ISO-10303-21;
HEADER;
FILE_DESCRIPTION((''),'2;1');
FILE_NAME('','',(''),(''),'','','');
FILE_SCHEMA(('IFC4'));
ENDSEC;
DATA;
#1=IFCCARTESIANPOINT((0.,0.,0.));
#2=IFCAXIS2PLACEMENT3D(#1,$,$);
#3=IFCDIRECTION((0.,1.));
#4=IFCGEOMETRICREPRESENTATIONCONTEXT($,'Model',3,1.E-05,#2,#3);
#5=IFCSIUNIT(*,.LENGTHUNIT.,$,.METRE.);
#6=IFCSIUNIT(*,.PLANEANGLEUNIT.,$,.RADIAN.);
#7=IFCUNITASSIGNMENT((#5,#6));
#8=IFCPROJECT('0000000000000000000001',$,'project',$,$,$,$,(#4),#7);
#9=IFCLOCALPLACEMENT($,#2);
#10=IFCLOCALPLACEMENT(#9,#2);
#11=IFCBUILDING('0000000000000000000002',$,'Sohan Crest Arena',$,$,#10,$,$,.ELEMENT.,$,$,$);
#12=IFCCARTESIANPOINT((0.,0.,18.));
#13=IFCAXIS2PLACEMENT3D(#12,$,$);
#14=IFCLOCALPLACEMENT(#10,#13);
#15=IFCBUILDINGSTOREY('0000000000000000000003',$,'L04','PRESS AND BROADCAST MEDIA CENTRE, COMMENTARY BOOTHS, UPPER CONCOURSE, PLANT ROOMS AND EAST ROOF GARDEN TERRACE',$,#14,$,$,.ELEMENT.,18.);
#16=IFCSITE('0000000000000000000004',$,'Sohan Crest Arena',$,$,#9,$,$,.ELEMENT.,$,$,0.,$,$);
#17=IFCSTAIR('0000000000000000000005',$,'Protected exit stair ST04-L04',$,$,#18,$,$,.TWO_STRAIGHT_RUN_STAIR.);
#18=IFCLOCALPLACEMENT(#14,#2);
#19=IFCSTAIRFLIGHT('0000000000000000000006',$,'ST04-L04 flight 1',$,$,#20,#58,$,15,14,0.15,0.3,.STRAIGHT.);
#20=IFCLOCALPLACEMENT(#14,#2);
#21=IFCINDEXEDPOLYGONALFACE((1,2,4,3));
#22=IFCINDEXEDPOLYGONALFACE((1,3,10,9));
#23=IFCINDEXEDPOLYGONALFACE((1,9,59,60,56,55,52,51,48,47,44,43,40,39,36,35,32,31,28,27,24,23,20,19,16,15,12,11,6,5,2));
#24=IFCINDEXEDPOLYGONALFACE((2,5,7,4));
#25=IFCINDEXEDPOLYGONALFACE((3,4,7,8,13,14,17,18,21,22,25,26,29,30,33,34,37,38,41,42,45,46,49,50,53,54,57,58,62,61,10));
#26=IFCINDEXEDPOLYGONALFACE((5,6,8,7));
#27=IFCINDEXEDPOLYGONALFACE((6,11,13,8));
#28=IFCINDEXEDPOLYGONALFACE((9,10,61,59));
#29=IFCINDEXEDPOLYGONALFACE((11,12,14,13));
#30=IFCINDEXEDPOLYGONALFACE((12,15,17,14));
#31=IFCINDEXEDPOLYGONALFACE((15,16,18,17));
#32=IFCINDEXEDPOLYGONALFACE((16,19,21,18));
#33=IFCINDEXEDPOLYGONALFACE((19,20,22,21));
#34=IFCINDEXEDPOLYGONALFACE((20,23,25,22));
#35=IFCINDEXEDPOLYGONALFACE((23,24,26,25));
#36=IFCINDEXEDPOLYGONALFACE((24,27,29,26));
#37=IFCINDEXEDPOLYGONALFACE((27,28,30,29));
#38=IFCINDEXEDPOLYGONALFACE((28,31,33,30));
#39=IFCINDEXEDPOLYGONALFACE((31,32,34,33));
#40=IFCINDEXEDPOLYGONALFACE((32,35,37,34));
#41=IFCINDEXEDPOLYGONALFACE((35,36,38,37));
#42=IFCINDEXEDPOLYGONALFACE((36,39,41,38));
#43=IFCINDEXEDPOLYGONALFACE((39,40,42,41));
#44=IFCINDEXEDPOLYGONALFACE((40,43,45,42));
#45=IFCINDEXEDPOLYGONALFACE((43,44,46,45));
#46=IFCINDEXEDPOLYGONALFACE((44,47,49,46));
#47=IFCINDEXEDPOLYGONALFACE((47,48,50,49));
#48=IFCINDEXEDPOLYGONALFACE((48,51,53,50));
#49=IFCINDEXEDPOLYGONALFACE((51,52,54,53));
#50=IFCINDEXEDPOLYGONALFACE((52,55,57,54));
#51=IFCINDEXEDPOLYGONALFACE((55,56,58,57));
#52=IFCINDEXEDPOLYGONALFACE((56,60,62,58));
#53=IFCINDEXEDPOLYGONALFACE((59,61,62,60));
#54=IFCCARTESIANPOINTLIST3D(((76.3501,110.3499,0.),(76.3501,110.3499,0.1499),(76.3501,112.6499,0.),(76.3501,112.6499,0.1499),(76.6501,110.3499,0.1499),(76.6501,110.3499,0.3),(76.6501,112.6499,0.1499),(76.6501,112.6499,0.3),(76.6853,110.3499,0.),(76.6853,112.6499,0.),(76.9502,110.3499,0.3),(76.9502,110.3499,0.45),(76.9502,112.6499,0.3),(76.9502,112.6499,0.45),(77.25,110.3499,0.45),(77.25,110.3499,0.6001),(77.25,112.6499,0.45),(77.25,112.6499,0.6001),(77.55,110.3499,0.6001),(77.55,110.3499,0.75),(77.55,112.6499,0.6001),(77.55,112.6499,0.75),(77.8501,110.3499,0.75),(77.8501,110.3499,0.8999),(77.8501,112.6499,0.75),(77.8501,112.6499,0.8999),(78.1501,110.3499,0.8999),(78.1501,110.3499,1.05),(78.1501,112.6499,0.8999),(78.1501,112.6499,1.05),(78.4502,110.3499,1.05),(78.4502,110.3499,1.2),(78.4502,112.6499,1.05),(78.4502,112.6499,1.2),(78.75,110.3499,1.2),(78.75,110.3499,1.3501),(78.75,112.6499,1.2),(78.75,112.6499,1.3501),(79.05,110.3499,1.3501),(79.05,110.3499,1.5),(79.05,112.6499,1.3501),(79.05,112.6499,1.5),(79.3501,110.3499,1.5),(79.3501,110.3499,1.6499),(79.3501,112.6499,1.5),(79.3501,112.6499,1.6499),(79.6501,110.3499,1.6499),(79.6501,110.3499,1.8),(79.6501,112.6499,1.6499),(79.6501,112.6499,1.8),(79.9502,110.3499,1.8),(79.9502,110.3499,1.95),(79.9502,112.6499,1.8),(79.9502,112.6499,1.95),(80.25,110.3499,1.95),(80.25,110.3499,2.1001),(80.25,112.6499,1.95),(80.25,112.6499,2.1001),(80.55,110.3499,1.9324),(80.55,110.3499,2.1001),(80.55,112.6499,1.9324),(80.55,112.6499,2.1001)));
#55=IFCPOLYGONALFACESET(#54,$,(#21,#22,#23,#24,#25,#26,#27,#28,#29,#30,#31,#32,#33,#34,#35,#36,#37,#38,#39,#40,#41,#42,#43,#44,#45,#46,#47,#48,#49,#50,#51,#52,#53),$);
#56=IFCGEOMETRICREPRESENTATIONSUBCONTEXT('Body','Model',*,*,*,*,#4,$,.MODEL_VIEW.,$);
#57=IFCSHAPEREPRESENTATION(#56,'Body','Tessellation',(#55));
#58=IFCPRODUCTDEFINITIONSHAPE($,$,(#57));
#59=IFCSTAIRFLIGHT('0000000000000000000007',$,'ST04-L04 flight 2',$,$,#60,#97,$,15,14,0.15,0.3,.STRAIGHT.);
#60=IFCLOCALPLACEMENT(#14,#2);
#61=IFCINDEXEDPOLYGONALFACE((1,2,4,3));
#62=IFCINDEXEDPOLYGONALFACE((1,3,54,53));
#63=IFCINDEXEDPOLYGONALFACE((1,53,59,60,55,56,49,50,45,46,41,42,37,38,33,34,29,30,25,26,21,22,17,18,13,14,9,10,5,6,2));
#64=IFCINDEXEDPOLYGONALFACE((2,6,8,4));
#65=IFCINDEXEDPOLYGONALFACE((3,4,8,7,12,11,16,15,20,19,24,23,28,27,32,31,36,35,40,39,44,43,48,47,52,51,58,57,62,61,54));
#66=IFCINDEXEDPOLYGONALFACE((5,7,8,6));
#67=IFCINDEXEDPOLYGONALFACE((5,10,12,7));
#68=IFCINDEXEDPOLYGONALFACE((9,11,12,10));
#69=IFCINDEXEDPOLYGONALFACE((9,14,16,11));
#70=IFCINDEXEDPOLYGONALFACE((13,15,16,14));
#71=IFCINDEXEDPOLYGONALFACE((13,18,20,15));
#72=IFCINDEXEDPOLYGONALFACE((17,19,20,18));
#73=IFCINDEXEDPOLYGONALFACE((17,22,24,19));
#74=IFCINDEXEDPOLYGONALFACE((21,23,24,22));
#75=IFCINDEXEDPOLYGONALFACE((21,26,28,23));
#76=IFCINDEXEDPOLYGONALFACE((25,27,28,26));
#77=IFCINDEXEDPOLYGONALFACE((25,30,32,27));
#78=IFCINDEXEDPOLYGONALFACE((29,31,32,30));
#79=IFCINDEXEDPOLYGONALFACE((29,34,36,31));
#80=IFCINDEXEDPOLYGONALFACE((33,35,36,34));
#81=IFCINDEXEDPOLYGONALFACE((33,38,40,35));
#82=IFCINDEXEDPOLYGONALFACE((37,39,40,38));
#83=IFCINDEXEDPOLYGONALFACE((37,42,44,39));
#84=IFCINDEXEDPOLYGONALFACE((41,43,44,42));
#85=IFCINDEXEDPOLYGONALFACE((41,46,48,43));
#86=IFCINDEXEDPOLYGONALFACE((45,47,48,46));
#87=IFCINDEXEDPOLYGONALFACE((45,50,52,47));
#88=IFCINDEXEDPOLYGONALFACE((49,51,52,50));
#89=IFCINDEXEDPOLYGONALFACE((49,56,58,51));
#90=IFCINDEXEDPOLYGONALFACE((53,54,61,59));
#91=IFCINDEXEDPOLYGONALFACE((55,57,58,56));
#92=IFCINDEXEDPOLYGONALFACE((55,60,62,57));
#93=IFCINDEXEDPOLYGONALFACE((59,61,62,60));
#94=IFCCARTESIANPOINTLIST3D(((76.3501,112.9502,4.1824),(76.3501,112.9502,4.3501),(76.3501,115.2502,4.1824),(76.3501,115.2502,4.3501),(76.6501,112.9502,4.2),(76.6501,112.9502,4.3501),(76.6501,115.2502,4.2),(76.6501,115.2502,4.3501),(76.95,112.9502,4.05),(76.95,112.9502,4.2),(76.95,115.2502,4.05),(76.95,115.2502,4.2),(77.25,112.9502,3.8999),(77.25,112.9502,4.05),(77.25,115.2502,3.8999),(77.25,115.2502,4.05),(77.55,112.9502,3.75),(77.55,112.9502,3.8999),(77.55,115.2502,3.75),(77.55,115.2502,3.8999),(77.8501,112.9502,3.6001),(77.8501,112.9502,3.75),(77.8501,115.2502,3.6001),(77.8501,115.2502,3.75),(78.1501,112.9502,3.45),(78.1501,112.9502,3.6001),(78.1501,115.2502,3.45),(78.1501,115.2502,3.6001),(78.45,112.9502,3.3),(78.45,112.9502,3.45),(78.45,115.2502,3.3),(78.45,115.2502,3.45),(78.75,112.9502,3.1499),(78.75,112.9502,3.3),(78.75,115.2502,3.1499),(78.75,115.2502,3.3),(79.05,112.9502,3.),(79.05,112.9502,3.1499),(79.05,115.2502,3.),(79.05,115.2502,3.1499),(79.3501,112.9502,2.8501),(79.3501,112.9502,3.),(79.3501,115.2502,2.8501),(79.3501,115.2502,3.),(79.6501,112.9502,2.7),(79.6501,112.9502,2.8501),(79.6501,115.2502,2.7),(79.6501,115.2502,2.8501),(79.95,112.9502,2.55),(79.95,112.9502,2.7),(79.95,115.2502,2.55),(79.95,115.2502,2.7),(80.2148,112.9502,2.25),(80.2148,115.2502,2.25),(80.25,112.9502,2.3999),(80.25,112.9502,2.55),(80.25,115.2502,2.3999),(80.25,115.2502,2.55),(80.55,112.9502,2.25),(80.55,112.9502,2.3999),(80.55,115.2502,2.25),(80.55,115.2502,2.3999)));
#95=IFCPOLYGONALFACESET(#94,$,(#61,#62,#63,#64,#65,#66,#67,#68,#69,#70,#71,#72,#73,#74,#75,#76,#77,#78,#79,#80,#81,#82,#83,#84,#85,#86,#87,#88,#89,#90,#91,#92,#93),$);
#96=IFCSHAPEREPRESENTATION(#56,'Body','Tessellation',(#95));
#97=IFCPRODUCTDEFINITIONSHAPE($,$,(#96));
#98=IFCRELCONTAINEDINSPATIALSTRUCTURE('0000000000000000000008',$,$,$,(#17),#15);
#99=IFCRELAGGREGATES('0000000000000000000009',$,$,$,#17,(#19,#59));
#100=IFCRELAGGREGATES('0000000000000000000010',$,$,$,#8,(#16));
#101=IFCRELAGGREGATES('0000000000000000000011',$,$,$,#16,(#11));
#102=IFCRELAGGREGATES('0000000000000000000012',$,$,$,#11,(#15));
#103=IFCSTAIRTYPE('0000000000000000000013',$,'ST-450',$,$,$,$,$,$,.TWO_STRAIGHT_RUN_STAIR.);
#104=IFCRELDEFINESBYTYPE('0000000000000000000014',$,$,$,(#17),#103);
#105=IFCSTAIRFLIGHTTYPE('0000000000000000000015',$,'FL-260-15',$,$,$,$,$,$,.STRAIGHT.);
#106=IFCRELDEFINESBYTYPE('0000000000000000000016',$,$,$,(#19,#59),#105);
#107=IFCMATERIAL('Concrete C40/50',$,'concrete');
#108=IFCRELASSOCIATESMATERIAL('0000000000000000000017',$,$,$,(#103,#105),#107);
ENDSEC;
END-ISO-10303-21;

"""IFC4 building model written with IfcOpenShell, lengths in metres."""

from ifc_helpers import new_model, si_unit, direction, frame, origin, place, context, subcontext, project, spatial, polyline, outline, extrude, material, type_object, element, aggregate, save


model = new_model("IFC4")

# Units and contexts
model_context = context("Model", 3, precision=1e-05, world=origin(), true_north=direction((0.0, 1.0)))
body_context = subcontext(model_context, "Body", "Model", "MODEL_VIEW")
ifc_project = project(units=[si_unit("LENGTHUNIT", "METRE"), si_unit("PLANEANGLEUNIT", "RADIAN")], contexts=[model_context])

# Site, building, storey
site_placement = place(None, origin())
site = spatial("IfcSite", under=ifc_project, at=site_placement, Name="Sohan Crest Arena", CompositionType="ELEMENT", RefElevation=0.0)
building_placement = place(site_placement, origin())
building = spatial("IfcBuilding", under=site, at=building_placement, Name="Sohan Crest Arena", CompositionType="ELEMENT")
storey_placement = place(building_placement, frame((0.0, 0.0, 18.0)))
storey = spatial("IfcBuildingStorey", under=building, at=storey_placement, Name="L04", Description="PRESS AND BROADCAST MEDIA CENTRE, COMMENTARY BOOTHS, UPPER CONCOURSE, PLANT ROOMS AND EAST ROOF GARDEN TERRACE", CompositionType="ELEMENT", Elevation=18.0)

# Shared definitions
ifc_material_1 = material(Name="Concrete C40/50", Category="concrete")

# Stair, stair flights
stair_type = type_object("IfcStairType", Name="ST-450", PredefinedType="TWO_STRAIGHT_RUN_STAIR", material=ifc_material_1)
stair_placement = place(storey_placement, origin())
stair = element("IfcStair", 1, at=stair_placement, inside=storey, type_object=stair_type, Name="Protected exit stair ST04-L04", PredefinedType="TWO_STRAIGHT_RUN_STAIR")
stair_flight_type = type_object("IfcStairFlightType", Name="FL-260-15", PredefinedType="STRAIGHT", material=ifc_material_1)
stair_flight_1_placement = place(storey_placement, frame((76.3501, 111.5, 0.0), z_axis=(0.0, 0.0, 1.0), x_axis=(1.0, 0.0, 0.0)))
stair_flight_1 = element("IfcStairFlight", 2, at=stair_flight_1_placement, type_object=stair_flight_type, Name="ST04-L04 flight 1", NumberOfRisers=15, NumberOfTreads=14, PredefinedType="STRAIGHT", RiserHeight=0.15, TreadLength=0.3, context=body_context, shape_type="SweptSolid", body=[
    extrude(outline(polyline([(0.0, 0.0), (0.0, 0.1499), (0.3, 0.1499), (0.3, 0.3), (0.6001, 0.3), (0.6001, 0.45), (0.8999, 0.45), (0.8999, 0.6001), (1.2, 0.6001), (1.2, 0.75), (1.5, 0.75), (1.5, 0.8999), (1.8, 0.8999), (1.8, 1.05), (2.1001, 1.05), (2.1001, 1.2), (2.3999, 1.2), (2.3999, 1.3501), (2.7, 1.3501), (2.7, 1.5), (3.0, 1.5), (3.0, 1.6499), (3.3, 1.6499), (3.3, 1.8), (3.6001, 1.8), (3.6001, 1.95), (3.8999, 1.95), (3.8999, 2.1001), (4.2, 2.1001), (4.2, 2.25), (4.2, 1.9324), (0.3352, 0.0), (0.0, 0.0)])), frame((0.0, 1.1499, 0.0), z_axis=(0.0, -1.0, 0.0), x_axis=(1.0, 0.0, 0.0)), (0.0, 0.0, 1.0), 2.3),
])
stair_flight_2_placement = place(storey_placement, frame((80.55, 114.1001, 2.25), z_axis=(0.0, 0.0, 1.0), x_axis=(-1.0, 0.0, 0.0)))
stair_flight_2 = element("IfcStairFlight", 3, at=stair_flight_2_placement, type_object=stair_flight_type, Name="ST04-L04 flight 2", NumberOfRisers=15, NumberOfTreads=14, PredefinedType="STRAIGHT", RiserHeight=0.15, TreadLength=0.3, context=body_context, shape_type="SweptSolid", body=[
    extrude(outline(polyline([(0.0, 0.0), (0.0, 0.1499), (0.3, 0.1499), (0.3, 0.3), (0.6001, 0.3), (0.6001, 0.45), (0.8999, 0.45), (0.8999, 0.6001), (1.2, 0.6001), (1.2, 0.75), (1.5, 0.75), (1.5, 0.8999), (1.8, 0.8999), (1.8, 1.05), (2.1001, 1.05), (2.1001, 1.2), (2.3999, 1.2), (2.3999, 1.3501), (2.7, 1.3501), (2.7, 1.5), (3.0, 1.5), (3.0, 1.6499), (3.3, 1.6499), (3.3, 1.8), (3.6001, 1.8), (3.6001, 1.95), (3.8999, 1.95), (3.8999, 2.1001), (4.2, 2.1001), (4.2, 2.25), (4.2, 1.9324), (0.3352, 0.0), (0.0, 0.0)])), frame((0.0, 1.1499, 0.0), z_axis=(0.0, -1.0, 0.0), x_axis=(1.0, 0.0, 0.0)), (0.0, 0.0, 1.0), 2.3),
])
aggregate(stair, [stair_flight_1, stair_flight_2])

save(model, "model.ifc")
